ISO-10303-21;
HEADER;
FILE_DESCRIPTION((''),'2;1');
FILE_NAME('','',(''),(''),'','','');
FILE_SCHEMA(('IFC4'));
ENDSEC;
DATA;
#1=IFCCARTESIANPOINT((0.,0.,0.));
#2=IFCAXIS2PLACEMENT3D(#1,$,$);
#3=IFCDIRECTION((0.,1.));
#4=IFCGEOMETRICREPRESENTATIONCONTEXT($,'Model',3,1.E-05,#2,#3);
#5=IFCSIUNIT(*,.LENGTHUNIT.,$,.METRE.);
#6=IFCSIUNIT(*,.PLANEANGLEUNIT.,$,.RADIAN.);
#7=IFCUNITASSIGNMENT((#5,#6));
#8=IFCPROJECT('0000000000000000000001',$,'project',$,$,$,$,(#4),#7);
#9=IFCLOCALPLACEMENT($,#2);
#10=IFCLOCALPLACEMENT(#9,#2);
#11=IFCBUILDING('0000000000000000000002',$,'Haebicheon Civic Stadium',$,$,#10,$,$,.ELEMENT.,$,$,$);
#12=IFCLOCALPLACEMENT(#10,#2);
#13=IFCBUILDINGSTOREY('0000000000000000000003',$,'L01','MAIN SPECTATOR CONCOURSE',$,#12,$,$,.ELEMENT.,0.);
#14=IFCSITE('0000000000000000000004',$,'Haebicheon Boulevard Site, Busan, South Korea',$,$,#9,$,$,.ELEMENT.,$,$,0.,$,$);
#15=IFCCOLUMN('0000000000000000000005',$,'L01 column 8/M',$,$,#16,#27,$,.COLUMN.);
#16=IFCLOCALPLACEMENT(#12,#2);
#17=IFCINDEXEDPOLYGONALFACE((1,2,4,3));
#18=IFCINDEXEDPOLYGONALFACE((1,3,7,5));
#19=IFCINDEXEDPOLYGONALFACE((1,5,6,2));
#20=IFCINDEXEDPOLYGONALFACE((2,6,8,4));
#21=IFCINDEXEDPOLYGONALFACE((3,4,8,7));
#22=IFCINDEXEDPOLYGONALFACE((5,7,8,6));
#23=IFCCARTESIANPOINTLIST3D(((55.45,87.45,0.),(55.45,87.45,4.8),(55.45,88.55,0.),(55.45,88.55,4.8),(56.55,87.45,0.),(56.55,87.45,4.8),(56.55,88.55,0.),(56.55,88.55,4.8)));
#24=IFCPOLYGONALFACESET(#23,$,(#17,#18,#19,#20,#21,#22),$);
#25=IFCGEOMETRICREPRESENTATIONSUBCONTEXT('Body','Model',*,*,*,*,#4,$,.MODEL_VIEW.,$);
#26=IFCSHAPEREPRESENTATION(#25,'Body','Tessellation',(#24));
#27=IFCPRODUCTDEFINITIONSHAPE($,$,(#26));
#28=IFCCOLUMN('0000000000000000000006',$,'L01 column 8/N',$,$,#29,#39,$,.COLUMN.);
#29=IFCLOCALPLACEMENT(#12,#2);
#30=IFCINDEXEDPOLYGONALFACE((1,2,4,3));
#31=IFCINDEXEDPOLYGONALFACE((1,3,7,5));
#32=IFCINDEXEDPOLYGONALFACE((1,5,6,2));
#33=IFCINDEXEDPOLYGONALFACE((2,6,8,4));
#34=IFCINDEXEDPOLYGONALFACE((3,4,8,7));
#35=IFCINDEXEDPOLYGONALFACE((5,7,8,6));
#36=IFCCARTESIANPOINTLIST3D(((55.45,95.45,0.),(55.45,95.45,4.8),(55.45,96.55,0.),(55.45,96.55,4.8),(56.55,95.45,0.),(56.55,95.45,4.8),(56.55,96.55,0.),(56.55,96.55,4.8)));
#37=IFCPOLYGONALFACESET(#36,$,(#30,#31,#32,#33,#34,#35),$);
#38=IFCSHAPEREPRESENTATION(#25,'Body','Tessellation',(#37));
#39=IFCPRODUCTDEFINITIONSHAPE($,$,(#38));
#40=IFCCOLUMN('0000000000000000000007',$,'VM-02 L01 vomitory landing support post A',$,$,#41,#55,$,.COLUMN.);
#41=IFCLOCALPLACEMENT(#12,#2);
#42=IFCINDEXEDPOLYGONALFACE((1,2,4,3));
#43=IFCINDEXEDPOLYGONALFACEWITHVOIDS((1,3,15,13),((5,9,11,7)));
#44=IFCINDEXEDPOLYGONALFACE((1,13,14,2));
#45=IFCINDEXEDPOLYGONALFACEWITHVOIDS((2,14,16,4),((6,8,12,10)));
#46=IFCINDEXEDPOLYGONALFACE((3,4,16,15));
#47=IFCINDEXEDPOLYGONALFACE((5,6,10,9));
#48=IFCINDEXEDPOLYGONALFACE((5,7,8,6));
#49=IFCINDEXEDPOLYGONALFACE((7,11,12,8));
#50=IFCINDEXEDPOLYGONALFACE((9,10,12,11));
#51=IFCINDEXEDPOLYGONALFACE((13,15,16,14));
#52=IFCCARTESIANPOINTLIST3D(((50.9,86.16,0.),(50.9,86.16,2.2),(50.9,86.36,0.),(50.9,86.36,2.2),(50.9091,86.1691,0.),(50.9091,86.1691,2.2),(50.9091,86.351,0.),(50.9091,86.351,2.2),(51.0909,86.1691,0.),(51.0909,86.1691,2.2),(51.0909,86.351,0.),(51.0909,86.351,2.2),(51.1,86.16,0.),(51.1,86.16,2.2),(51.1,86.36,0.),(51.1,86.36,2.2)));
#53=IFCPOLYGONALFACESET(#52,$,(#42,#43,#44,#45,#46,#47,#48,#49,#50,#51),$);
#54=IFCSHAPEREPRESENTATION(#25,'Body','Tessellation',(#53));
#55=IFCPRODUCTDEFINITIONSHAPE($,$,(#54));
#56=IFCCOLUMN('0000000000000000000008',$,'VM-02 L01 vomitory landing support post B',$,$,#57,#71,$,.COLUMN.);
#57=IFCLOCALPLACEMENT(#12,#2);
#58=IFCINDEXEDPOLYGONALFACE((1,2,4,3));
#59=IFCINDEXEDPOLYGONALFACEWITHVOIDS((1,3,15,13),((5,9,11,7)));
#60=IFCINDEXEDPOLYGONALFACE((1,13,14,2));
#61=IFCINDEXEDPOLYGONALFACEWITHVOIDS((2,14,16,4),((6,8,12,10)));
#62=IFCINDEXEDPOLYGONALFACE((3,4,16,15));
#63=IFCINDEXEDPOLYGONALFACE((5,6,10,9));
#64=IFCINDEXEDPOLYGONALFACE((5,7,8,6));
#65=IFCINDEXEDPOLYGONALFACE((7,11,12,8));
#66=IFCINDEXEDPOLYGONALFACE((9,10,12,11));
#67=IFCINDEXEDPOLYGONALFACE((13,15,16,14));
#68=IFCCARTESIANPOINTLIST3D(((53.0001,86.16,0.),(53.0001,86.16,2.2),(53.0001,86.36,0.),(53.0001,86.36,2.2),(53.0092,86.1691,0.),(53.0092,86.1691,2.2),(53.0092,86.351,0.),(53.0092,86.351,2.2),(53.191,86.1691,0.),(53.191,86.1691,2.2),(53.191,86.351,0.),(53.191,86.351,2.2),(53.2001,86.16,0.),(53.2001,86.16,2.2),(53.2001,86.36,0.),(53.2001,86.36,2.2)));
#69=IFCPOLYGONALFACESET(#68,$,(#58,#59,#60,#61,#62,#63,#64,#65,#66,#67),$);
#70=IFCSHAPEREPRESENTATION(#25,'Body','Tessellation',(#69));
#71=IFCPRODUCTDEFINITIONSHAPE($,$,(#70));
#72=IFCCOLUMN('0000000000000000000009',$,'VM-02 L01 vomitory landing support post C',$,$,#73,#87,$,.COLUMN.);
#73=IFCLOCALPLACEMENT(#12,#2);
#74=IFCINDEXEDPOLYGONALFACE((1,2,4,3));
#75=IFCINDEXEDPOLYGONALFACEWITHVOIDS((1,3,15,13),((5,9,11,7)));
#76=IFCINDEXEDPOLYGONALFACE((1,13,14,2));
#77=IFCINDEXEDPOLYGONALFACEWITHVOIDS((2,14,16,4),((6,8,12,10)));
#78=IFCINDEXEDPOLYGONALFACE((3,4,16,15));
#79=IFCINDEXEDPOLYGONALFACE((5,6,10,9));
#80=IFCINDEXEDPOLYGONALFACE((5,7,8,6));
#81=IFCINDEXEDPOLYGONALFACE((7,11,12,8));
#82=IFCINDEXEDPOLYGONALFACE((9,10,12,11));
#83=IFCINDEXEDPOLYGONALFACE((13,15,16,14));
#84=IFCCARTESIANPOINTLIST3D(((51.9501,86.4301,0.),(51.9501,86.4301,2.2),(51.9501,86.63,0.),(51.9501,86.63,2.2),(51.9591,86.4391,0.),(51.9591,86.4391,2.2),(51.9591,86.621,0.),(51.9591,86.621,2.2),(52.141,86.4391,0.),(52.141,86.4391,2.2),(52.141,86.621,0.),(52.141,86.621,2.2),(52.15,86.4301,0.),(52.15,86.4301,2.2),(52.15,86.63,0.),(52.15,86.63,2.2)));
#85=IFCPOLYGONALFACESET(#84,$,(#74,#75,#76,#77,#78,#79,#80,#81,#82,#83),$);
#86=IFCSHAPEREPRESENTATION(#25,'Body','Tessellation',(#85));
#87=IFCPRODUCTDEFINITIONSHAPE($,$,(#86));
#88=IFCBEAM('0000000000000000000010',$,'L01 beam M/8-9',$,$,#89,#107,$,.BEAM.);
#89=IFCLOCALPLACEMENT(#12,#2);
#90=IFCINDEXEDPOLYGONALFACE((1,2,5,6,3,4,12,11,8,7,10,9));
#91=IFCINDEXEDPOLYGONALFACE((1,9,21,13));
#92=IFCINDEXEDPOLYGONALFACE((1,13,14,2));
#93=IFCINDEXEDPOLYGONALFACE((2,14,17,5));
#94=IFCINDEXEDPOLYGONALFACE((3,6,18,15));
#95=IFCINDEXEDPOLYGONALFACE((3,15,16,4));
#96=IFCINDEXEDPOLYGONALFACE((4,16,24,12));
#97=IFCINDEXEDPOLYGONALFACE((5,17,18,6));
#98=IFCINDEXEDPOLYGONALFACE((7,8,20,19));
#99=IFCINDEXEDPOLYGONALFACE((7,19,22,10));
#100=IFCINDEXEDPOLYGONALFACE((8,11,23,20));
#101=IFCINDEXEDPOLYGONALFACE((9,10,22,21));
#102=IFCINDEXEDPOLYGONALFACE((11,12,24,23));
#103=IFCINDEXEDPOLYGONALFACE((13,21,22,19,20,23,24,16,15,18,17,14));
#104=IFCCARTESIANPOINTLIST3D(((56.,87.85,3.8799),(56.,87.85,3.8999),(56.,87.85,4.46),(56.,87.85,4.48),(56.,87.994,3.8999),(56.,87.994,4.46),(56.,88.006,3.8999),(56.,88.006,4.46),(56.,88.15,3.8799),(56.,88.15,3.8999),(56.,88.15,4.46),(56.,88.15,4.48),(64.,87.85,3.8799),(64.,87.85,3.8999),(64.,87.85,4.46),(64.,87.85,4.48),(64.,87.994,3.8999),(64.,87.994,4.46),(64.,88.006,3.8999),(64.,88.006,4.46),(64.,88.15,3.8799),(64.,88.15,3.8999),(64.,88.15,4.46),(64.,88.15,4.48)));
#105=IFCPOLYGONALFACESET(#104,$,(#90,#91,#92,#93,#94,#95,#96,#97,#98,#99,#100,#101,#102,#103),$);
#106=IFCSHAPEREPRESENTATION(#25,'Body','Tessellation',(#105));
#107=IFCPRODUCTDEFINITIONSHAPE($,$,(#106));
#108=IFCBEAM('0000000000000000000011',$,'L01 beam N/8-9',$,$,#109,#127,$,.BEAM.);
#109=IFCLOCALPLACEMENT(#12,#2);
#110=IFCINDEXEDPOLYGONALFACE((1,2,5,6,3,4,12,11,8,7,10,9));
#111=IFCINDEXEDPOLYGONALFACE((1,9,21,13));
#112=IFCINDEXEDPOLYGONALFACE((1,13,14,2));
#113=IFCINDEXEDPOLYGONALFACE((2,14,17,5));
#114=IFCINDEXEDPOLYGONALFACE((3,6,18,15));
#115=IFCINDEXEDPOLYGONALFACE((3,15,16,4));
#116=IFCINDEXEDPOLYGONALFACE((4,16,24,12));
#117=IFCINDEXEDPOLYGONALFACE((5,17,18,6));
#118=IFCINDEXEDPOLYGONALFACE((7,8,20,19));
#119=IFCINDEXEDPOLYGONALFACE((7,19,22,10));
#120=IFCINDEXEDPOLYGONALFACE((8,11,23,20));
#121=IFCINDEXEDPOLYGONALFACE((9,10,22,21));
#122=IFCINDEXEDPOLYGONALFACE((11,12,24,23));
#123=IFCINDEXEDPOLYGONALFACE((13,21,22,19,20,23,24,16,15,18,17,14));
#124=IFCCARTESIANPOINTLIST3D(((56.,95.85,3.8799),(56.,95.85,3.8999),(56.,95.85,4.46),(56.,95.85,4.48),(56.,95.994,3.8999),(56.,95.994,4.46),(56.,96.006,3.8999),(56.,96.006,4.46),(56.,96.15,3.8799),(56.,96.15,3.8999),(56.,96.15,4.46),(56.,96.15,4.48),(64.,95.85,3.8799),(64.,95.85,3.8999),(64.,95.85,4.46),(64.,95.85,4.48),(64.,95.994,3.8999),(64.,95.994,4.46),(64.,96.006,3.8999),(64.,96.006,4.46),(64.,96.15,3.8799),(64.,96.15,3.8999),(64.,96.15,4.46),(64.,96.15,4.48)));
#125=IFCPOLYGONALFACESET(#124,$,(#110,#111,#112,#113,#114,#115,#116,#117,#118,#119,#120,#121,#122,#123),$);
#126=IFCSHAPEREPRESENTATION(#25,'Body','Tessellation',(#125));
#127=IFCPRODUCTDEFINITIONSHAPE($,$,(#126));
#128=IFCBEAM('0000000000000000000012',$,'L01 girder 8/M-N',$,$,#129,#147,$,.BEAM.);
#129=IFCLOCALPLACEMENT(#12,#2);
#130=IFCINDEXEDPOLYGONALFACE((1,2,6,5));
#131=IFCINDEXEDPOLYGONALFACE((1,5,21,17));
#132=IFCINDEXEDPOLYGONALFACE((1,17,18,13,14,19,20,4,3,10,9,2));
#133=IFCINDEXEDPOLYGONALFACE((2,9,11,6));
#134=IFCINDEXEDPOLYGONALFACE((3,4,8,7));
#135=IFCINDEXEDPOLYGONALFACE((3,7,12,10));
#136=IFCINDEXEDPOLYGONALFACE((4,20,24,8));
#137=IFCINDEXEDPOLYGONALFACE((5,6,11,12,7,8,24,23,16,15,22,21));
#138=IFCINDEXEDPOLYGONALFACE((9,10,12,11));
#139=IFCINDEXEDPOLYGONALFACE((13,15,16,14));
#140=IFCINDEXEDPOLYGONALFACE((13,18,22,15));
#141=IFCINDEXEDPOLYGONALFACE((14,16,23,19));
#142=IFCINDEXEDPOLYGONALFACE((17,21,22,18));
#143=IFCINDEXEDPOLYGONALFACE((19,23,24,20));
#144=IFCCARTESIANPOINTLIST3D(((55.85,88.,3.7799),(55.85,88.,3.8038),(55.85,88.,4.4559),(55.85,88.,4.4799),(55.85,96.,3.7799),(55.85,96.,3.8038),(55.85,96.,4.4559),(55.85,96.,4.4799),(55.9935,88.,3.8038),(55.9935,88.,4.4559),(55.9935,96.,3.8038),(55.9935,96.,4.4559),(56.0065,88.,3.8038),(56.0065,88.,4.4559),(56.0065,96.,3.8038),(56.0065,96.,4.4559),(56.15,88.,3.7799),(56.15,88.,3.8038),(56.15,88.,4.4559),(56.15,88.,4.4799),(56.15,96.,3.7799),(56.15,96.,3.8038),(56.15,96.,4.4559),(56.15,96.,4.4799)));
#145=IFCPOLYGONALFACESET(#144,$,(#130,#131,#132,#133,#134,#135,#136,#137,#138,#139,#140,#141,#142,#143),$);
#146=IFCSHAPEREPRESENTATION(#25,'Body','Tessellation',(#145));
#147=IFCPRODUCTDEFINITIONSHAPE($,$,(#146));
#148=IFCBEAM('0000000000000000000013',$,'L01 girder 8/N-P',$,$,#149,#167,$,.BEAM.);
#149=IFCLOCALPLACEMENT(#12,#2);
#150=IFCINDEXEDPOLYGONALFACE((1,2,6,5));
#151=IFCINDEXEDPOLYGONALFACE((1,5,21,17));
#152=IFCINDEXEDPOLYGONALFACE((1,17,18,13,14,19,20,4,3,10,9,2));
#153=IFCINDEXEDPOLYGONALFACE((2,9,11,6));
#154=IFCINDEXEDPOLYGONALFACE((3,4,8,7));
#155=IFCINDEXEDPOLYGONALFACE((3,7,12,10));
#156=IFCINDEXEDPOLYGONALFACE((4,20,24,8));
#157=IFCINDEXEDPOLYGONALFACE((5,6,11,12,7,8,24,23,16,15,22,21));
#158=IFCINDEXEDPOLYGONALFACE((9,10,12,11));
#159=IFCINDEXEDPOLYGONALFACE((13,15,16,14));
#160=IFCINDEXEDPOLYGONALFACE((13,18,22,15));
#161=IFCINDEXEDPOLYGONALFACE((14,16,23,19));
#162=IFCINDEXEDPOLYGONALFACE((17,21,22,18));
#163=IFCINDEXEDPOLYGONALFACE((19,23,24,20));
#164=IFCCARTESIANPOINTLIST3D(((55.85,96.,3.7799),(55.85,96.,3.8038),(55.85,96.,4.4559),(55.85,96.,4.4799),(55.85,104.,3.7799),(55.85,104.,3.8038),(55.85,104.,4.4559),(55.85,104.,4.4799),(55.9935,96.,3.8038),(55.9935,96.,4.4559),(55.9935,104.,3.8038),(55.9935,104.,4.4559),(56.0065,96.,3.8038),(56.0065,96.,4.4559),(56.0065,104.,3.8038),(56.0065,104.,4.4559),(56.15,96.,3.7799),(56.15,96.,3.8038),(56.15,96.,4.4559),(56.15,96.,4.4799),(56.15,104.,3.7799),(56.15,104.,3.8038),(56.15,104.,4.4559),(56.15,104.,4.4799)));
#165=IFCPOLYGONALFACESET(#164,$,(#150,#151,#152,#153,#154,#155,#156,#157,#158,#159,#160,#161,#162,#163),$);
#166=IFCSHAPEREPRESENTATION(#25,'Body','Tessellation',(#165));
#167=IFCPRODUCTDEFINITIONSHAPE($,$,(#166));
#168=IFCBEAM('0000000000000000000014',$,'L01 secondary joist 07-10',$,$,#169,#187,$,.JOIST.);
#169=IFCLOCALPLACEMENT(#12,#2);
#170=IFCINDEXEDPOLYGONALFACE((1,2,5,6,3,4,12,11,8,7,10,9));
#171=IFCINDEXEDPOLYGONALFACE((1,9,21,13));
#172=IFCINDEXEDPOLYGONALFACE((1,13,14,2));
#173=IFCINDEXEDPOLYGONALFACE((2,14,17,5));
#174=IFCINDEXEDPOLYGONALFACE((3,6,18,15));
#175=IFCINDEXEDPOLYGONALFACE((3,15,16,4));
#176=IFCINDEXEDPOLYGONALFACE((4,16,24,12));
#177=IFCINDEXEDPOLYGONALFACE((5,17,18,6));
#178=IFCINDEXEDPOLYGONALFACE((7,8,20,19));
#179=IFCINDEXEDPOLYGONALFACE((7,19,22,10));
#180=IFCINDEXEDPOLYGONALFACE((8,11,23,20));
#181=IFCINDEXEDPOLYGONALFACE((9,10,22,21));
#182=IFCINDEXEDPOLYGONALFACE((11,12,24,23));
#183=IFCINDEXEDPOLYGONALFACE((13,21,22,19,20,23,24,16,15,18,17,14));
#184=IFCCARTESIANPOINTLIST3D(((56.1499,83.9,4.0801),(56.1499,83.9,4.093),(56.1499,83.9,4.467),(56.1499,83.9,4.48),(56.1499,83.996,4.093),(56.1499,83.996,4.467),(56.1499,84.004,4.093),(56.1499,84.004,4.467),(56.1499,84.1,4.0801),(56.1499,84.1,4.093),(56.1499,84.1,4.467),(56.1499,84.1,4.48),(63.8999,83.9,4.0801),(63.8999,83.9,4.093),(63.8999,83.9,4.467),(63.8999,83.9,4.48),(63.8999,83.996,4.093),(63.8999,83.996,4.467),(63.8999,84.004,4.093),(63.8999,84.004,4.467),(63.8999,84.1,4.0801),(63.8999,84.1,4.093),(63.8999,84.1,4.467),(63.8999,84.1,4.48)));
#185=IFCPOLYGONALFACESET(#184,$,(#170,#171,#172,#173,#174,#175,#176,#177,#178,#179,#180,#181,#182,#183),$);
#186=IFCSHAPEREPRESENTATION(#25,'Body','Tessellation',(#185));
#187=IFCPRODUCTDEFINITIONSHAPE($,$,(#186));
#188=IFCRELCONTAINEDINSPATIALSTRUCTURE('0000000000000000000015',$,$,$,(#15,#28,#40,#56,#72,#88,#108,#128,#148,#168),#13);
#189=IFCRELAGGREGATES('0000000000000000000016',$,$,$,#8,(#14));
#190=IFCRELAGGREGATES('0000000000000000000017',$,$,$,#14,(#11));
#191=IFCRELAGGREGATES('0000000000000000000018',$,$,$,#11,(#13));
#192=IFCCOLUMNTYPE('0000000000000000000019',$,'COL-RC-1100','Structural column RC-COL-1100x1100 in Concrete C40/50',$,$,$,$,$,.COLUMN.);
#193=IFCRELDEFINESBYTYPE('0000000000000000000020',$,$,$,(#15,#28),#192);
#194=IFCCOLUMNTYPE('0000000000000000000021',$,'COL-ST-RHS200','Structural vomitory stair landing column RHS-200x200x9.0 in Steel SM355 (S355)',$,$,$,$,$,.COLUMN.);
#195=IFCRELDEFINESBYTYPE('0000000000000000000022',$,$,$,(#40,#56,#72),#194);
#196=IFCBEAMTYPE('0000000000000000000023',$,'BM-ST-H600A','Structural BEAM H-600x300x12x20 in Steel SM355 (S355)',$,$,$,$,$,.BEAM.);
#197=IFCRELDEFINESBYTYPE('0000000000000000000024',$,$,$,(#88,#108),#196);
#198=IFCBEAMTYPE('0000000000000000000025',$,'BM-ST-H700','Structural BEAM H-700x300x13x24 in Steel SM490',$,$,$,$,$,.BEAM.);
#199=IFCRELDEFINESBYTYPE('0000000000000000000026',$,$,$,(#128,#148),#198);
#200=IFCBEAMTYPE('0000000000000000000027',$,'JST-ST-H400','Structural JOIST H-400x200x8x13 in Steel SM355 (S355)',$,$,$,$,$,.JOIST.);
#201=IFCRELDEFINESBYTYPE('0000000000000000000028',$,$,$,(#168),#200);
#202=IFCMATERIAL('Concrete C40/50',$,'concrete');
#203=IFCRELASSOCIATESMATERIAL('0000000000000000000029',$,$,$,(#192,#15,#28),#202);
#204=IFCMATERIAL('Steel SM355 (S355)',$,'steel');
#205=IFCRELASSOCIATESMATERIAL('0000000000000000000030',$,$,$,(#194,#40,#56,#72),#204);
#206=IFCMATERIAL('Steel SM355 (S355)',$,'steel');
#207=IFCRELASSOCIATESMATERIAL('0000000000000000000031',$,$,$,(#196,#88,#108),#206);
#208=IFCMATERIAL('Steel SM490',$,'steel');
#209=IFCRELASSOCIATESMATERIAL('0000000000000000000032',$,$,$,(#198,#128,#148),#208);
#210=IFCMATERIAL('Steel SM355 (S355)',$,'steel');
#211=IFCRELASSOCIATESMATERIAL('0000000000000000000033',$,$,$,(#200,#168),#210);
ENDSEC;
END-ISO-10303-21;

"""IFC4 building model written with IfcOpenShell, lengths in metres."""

from ifc_helpers import new_model, si_unit, direction, frame, origin, origin_2d, place, context, subcontext, project, spatial, rectangle, hollow_rectangle, i_section, extrude, material, material_profile, profile_set, type_object, element, save


model = new_model("IFC4")

# Units and contexts
model_context = context("Model", 3, precision=1e-05, world=origin(), true_north=direction((0.0, 1.0)))
body_context = subcontext(model_context, "Body", "Model", "MODEL_VIEW")
ifc_project = project(units=[si_unit("LENGTHUNIT", "METRE"), si_unit("PLANEANGLEUNIT", "RADIAN")], contexts=[model_context])

# Site, building, storey
site_placement = place(None, origin())
site = spatial("IfcSite", under=ifc_project, at=site_placement, Name="Haebicheon Boulevard Site, Busan, South Korea", CompositionType="ELEMENT", RefElevation=0.0)
building_placement = place(site_placement, origin())
building = spatial("IfcBuilding", under=site, at=building_placement, Name="Haebicheon Civic Stadium", CompositionType="ELEMENT")
storey_placement = place(building_placement, origin())
storey = spatial("IfcBuildingStorey", under=building, at=storey_placement, Name="L01", Description="MAIN SPECTATOR CONCOURSE", CompositionType="ELEMENT", Elevation=0.0)

# Columns
ifc_material_1 = material(Name="Concrete C40/50", Category="concrete")
ifc_material_profile_1 = material_profile(ifc_material_1, rectangle(XDim=1.1001, YDim=1.1001, at=origin_2d()), Name="RC-COL-1100x1100")
ifc_profile_set_1 = profile_set([ifc_material_profile_1], Name="Concrete C40/50")
column_type_1 = type_object("IfcColumnType", Name="COL-RC-1100", Description="Structural column RC-COL-1100x1100 in Concrete C40/50", PredefinedType="COLUMN", material=ifc_profile_set_1)
for number, where, z_axis, x_axis, name in (
    (1, (56.0, 88.0, 0.0), (0.0, 0.0, 1.0), (1.0, 0.0, 0.0), "L01 column 8/M"),
    (2, (56.0, 96.0, 0.0), (0.0, 0.0, 1.0), (1.0, 0.0, 0.0), "L01 column 8/N"),
):
    element("IfcColumn", number, at=place(storey_placement, frame(where, z_axis=z_axis, x_axis=x_axis)), inside=storey, type_object=column_type_1, material=ifc_profile_set_1, Name=name, PredefinedType="COLUMN", context=body_context, shape_type="SweptSolid", body=[
        extrude(rectangle(XDim=1.1001, YDim=1.1001, at=origin_2d()), origin(), (0.0, 0.0, 1.0), 4.8),
    ])
ifc_material_2 = material(Name="Steel SM355 (S355)", Category="steel")
ifc_material_profile_2 = material_profile(ifc_material_2, hollow_rectangle(XDim=0.2, YDim=0.2, WallThickness=0.009, at=origin_2d()), Name="RHS-200x200x9.0")
ifc_profile_set_2 = profile_set([ifc_material_profile_2], Name="Steel SM355 (S355)")
column_type_2 = type_object("IfcColumnType", Name="COL-ST-RHS200", Description="Structural vomitory stair landing column RHS-200x200x9.0 in Steel SM355 (S355)", PredefinedType="COLUMN", material=ifc_profile_set_2)
for number, where, z_axis, x_axis, name in (
    (3, (51.0, 86.26, 0.0), (0.0, 0.0, 1.0), (1.0, 0.0, 0.0), "VM-02 L01 vomitory landing support post A"),
    (4, (53.1001, 86.26, 0.0), (0.0, 0.0, 1.0), (1.0, 0.0, 0.0), "VM-02 L01 vomitory landing support post B"),
    (5, (52.05, 86.53, 0.0), (0.0, 0.0, 1.0), (1.0, 0.0, 0.0), "VM-02 L01 vomitory landing support post C"),
):
    element("IfcColumn", number, at=place(storey_placement, frame(where, z_axis=z_axis, x_axis=x_axis)), inside=storey, type_object=column_type_2, material=ifc_profile_set_2, Name=name, PredefinedType="COLUMN", context=body_context, shape_type="SweptSolid", body=[
        extrude(hollow_rectangle(XDim=0.2, YDim=0.2, WallThickness=0.009, at=origin_2d()), origin(), (0.0, 0.0, 1.0), 2.2),
    ])

# Beams
ifc_material_3 = material(Name="Steel SM355 (S355)", Category="steel")
ifc_material_profile_3 = material_profile(ifc_material_3, i_section(OverallWidth=0.3, OverallDepth=0.6001, WebThickness=0.012, FlangeThickness=0.02, at=origin_2d()), Name="H-600x300x12x20")
ifc_profile_set_3 = profile_set([ifc_material_profile_3], Name="Steel SM355 (S355)")
beam_type_1 = type_object("IfcBeamType", Name="BM-ST-H600A", Description="Structural BEAM H-600x300x12x20 in Steel SM355 (S355)", PredefinedType="BEAM", material=ifc_profile_set_3)
for number, where, z_axis, x_axis, name in (
    (6, (56.0, 88.0, 4.1799), (1.0, 0.0, 0.0), (0.0, 1.0, 0.0), "L01 beam M/8-9"),
    (7, (56.0, 96.0, 4.1799), (1.0, 0.0, 0.0), (0.0, 1.0, 0.0), "L01 beam N/8-9"),
):
    element("IfcBeam", number, at=place(storey_placement, frame(where, z_axis=z_axis, x_axis=x_axis)), inside=storey, type_object=beam_type_1, material=ifc_profile_set_3, Name=name, PredefinedType="BEAM", context=body_context, shape_type="SweptSolid", body=[
        extrude(i_section(OverallWidth=0.3, OverallDepth=0.6001, WebThickness=0.012, FlangeThickness=0.02, at=origin_2d()), origin(), (0.0, 0.0, 1.0), 8.0),
    ])
ifc_material_4 = material(Name="Steel SM490", Category="steel")
ifc_material_profile_4 = material_profile(ifc_material_4, i_section(OverallWidth=0.3, OverallDepth=0.7, WebThickness=0.0129, FlangeThickness=0.0239, at=origin_2d()), Name="H-700x300x13x24")
ifc_profile_set_4 = profile_set([ifc_material_profile_4], Name="Steel SM490")
beam_type_2 = type_object("IfcBeamType", Name="BM-ST-H700", Description="Structural BEAM H-700x300x13x24 in Steel SM490", PredefinedType="BEAM", material=ifc_profile_set_4)
for number, where, z_axis, x_axis, name in (
    (8, (56.0, 88.0, 4.1299), (0.0, 1.0, 0.0), (-1.0, 0.0, 0.0), "L01 girder 8/M-N"),
    (9, (56.0, 96.0, 4.1299), (0.0, 1.0, 0.0), (-1.0, 0.0, 0.0), "L01 girder 8/N-P"),
):
    element("IfcBeam", number, at=place(storey_placement, frame(where, z_axis=z_axis, x_axis=x_axis)), inside=storey, type_object=beam_type_2, material=ifc_profile_set_4, Name=name, PredefinedType="BEAM", context=body_context, shape_type="SweptSolid", body=[
        extrude(i_section(OverallWidth=0.3, OverallDepth=0.7, WebThickness=0.0129, FlangeThickness=0.0239, at=origin_2d()), origin(), (0.0, 0.0, 1.0), 8.0),
    ])
ifc_material_5 = material(Name="Steel SM355 (S355)", Category="steel")
ifc_material_profile_5 = material_profile(ifc_material_5, i_section(OverallWidth=0.2, OverallDepth=0.3999, WebThickness=0.0081, FlangeThickness=0.0129, at=origin_2d()), Name="H-400x200x8x13")
ifc_profile_set_5 = profile_set([ifc_material_profile_5], Name="Steel SM355 (S355)")
beam_type_3 = type_object("IfcBeamType", Name="JST-ST-H400", Description="Structural JOIST H-400x200x8x13 in Steel SM355 (S355)", PredefinedType="JOIST", material=ifc_profile_set_5)
for number, where, z_axis, x_axis, name in (
    (10, (56.1499, 84.0, 4.28), (1.0, 0.0, 0.0), (0.0, 1.0, 0.0), "L01 secondary joist 07-10"),
):
    element("IfcBeam", number, at=place(storey_placement, frame(where, z_axis=z_axis, x_axis=x_axis)), inside=storey, type_object=beam_type_3, material=ifc_profile_set_5, Name=name, PredefinedType="JOIST", context=body_context, shape_type="SweptSolid", body=[
        extrude(i_section(OverallWidth=0.2, OverallDepth=0.3999, WebThickness=0.0081, FlangeThickness=0.0129, at=origin_2d()), origin(), (0.0, 0.0, 1.0), 7.75),
    ])

save(model, "model.ifc")
